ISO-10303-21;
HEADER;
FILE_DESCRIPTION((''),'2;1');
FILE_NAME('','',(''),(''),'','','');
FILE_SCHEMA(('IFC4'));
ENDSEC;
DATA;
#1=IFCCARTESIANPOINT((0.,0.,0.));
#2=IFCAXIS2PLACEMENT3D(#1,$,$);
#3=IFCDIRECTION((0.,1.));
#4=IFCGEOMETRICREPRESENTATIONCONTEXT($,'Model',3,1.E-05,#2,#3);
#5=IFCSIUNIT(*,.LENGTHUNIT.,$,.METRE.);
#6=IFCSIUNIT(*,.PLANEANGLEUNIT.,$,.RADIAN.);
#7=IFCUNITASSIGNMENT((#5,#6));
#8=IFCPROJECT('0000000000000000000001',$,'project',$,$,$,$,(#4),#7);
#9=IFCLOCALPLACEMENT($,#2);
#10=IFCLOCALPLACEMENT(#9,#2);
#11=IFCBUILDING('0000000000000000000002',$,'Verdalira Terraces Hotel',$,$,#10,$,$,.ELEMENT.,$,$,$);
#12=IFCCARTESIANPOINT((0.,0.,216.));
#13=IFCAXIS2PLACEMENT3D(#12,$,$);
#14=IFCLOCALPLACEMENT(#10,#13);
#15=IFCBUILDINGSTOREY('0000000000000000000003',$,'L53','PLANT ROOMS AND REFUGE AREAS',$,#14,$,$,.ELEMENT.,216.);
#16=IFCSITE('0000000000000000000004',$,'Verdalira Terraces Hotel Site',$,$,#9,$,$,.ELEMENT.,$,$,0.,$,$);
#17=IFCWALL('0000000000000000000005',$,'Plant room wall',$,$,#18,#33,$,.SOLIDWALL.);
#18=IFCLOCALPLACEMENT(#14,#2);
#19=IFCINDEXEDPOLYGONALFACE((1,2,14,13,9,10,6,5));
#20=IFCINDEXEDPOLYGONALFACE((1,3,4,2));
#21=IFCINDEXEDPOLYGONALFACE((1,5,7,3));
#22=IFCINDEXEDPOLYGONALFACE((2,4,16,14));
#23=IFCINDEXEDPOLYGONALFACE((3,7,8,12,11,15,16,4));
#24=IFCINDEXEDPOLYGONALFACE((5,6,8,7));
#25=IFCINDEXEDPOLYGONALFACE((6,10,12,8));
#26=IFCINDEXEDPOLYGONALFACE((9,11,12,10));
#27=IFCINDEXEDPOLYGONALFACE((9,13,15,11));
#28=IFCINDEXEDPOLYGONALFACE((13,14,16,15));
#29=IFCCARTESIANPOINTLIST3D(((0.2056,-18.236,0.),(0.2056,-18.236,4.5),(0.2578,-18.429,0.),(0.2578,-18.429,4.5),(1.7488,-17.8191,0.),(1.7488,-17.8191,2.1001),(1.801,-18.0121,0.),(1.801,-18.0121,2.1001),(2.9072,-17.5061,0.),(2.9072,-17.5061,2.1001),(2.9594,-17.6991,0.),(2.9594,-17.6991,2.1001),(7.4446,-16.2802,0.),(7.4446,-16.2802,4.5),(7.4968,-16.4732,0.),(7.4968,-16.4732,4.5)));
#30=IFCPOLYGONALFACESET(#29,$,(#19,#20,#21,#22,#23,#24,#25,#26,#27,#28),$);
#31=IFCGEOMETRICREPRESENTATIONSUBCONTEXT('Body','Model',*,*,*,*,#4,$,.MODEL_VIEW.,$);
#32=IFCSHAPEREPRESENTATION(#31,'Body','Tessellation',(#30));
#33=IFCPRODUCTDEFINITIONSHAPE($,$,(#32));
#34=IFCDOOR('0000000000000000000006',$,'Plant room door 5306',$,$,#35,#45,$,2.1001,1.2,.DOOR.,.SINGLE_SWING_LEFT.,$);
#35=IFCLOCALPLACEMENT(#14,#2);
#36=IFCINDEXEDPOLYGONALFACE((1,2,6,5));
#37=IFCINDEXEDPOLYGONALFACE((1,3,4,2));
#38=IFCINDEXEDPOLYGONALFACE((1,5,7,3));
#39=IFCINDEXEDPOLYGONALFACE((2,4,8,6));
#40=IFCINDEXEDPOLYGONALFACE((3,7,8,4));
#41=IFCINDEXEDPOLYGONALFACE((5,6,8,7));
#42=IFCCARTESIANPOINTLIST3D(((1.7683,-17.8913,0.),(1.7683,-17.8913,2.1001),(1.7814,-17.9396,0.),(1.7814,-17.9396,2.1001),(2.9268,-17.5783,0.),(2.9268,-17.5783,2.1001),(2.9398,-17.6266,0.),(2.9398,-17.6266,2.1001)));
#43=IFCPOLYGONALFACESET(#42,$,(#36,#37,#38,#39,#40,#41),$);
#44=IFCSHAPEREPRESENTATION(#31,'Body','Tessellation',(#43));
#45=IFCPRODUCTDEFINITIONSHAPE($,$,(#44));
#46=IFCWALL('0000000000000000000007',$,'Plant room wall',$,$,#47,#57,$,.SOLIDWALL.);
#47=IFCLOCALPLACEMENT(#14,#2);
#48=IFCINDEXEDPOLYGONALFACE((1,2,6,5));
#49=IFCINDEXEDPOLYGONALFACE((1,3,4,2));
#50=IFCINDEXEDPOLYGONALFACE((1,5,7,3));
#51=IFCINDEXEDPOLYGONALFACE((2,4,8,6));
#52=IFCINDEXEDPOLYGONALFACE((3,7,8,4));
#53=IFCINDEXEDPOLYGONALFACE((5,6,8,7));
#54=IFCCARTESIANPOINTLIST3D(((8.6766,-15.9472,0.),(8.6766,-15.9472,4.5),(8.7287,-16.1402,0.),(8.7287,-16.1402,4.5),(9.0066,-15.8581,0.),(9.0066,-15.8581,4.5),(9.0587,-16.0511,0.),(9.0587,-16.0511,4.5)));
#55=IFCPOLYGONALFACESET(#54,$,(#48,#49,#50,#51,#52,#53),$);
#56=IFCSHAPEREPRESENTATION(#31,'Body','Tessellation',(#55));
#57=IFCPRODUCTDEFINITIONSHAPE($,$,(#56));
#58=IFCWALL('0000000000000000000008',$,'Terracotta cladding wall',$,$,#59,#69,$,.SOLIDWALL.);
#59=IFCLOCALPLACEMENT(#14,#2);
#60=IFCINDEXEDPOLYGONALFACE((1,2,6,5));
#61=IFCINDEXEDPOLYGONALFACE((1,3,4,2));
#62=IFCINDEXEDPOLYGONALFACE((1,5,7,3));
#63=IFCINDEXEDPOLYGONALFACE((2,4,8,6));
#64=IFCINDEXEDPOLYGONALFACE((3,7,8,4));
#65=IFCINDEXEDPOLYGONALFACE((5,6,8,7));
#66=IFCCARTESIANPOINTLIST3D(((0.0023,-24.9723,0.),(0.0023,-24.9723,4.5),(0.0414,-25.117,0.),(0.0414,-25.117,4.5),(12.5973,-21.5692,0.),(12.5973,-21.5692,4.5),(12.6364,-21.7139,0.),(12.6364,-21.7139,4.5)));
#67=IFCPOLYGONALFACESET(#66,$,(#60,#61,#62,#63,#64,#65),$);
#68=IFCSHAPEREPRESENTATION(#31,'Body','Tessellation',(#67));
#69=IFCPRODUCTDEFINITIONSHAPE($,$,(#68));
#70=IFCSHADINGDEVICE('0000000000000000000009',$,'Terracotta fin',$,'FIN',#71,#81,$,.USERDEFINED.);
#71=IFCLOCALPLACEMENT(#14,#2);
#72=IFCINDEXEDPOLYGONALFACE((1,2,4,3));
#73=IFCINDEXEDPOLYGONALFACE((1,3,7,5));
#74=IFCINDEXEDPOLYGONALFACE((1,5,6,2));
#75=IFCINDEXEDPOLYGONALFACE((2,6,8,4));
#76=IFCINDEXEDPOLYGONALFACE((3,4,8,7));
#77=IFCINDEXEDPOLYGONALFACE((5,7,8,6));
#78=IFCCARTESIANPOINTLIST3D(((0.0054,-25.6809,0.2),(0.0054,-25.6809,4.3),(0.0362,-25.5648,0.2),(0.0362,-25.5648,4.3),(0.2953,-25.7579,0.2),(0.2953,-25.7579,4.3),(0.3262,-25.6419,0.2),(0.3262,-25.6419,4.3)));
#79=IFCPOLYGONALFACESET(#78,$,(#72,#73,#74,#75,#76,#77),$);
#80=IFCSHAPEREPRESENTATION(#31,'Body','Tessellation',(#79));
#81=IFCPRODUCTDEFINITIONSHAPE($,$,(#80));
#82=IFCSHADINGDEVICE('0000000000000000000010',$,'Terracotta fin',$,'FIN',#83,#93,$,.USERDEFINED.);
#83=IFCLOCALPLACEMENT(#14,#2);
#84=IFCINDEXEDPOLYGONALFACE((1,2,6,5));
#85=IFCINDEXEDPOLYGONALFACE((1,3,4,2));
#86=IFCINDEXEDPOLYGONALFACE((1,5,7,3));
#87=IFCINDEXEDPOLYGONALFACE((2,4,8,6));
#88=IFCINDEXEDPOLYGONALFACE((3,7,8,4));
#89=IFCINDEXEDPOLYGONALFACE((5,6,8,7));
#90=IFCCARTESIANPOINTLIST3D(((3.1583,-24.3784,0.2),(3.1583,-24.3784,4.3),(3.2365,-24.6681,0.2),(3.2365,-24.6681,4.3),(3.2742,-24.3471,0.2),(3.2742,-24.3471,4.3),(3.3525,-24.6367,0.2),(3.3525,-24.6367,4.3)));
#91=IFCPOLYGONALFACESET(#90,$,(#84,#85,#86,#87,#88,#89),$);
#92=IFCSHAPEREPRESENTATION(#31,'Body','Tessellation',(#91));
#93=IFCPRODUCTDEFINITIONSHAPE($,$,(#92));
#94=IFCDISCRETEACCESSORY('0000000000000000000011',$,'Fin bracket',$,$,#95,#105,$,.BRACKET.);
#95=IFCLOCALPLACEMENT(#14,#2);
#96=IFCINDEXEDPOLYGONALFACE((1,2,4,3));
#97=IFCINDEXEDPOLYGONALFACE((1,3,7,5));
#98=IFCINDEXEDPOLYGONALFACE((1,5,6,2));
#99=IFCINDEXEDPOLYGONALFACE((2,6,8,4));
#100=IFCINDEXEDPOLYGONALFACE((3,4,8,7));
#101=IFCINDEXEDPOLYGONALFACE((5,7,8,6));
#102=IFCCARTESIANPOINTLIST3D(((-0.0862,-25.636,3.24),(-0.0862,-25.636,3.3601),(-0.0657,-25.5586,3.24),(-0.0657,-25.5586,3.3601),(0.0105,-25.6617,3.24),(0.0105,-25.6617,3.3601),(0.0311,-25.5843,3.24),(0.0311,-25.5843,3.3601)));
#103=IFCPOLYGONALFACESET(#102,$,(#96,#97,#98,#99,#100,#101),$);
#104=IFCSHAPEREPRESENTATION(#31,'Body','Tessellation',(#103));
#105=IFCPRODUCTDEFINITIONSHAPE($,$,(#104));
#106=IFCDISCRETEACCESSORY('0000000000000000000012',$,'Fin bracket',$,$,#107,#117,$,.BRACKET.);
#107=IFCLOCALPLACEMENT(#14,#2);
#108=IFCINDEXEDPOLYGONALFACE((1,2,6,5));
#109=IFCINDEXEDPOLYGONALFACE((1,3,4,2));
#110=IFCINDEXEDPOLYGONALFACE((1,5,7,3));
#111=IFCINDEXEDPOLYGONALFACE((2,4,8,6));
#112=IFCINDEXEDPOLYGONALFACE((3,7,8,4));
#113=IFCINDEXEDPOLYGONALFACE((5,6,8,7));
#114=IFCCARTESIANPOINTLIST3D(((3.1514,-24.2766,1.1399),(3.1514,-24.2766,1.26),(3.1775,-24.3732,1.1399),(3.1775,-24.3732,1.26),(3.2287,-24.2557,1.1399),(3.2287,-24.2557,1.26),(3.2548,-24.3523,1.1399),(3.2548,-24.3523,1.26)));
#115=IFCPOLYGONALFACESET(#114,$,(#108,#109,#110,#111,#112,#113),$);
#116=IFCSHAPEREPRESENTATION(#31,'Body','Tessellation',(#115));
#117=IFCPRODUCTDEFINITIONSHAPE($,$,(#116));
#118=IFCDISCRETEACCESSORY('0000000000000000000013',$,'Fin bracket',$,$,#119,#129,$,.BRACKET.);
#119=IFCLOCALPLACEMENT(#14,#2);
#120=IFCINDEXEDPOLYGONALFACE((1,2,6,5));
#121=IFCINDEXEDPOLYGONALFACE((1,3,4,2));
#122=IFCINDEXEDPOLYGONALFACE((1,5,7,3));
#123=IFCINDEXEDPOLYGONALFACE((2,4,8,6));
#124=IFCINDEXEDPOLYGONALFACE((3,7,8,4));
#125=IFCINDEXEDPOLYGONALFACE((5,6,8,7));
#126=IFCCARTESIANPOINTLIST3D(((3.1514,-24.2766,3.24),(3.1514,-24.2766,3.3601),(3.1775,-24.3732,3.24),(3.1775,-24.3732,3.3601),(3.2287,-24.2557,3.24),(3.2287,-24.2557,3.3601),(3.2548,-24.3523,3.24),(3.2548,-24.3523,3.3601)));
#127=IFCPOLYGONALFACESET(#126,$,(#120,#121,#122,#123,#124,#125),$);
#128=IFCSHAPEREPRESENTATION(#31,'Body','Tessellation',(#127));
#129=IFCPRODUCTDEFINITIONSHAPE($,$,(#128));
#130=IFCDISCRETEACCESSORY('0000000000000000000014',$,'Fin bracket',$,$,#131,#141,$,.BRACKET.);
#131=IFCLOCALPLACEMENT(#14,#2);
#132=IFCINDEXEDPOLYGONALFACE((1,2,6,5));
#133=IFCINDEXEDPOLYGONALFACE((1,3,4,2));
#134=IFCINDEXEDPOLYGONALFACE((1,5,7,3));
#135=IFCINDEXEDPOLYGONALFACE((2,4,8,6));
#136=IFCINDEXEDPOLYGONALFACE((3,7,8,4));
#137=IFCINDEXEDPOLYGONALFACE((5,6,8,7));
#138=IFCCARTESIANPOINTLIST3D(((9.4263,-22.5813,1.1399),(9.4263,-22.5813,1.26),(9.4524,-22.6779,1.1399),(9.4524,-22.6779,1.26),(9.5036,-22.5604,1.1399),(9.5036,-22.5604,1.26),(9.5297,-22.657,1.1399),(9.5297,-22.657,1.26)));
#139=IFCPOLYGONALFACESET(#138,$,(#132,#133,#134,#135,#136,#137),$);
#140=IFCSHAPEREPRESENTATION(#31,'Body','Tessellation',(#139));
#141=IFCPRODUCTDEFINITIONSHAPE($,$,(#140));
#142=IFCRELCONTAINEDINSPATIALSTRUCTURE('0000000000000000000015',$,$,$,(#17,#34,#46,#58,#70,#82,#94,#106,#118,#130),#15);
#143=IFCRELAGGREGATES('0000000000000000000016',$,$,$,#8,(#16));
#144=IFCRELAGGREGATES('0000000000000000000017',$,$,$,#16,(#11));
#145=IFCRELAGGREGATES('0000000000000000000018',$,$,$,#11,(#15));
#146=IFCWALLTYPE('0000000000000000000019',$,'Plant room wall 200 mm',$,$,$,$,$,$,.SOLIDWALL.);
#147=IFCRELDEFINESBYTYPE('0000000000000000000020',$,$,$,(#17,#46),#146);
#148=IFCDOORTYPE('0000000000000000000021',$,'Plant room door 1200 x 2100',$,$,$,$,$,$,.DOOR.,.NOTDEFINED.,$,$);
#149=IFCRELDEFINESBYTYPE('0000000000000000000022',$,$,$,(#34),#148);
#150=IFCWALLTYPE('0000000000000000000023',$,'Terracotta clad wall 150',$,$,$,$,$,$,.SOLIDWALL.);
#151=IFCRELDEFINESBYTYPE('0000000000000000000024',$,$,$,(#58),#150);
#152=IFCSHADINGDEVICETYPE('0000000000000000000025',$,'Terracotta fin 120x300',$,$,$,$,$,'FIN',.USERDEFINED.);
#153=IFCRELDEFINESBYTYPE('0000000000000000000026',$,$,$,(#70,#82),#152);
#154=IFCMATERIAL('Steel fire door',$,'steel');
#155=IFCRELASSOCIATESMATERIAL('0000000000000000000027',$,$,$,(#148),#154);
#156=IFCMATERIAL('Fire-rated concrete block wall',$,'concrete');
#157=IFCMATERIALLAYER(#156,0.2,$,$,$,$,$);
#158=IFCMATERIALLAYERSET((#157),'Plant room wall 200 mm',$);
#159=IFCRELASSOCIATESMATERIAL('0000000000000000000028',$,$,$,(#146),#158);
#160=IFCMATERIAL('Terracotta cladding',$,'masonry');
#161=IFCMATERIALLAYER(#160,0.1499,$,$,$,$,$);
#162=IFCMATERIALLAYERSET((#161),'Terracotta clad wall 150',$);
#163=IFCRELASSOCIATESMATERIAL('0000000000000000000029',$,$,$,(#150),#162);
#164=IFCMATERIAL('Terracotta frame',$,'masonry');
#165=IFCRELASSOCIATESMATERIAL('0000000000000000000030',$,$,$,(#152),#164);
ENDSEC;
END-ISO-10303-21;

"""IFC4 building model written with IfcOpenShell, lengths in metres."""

from ifc_helpers import new_model, si_unit, direction, frame, frame_2d, origin, origin_2d, place, context, subcontext, project, spatial, rectangle, extrude, material, layer, layer_set, material_profile, profile_set, type_object, element, fill, save


model = new_model("IFC4")

# Units and contexts
model_context = context("Model", 3, precision=1e-05, world=origin(), true_north=direction((0.0, 1.0)))
body_context = subcontext(model_context, "Body", "Model", "MODEL_VIEW")
ifc_project = project(units=[si_unit("LENGTHUNIT", "METRE"), si_unit("PLANEANGLEUNIT", "RADIAN")], contexts=[model_context])

# Site, building, storey
site_placement = place(None, origin())
site = spatial("IfcSite", under=ifc_project, at=site_placement, Name="Verdalira Terraces Hotel Site", CompositionType="ELEMENT", RefElevation=0.0)
building_placement = place(site_placement, origin())
building = spatial("IfcBuilding", under=site, at=building_placement, Name="Verdalira Terraces Hotel", CompositionType="ELEMENT")
storey_placement = place(building_placement, frame((0.0, 0.0, 216.0)))
storey = spatial("IfcBuildingStorey", under=building, at=storey_placement, Name="L53", Description="PLANT ROOMS AND REFUGE AREAS", CompositionType="ELEMENT", Elevation=216.0)

# Shared definitions
ifc_material_1 = material(Name="Steel fire door", Category="steel")
door_type_1 = type_object("IfcDoorType", Name="Plant room door 1200 x 2100", OperationType="NOTDEFINED", PredefinedType="DOOR", material=ifc_material_1)
ifc_material_2 = material(Name="Fire-rated concrete block wall", Category="concrete")
ifc_layer_1 = layer(ifc_material_2, 0.2)
ifc_layer_set_1 = layer_set([ifc_layer_1], Name="Plant room wall 200 mm")
wall_type_1 = type_object("IfcWallType", Name="Plant room wall 200 mm", PredefinedType="SOLIDWALL", material=ifc_layer_set_1)

# Wall, opening, door
wall_1_placement = place(storey_placement, frame((7.4707, -16.3767, 0.0), z_axis=(0.0, 0.0, 1.0), x_axis=(-0.965386, -0.260825, 0.0)))
wall_1 = element("IfcWall", 1, at=wall_1_placement, inside=storey, type_object=wall_type_1, Name="Plant room wall", PredefinedType="SOLIDWALL", context=body_context, shape_type="SweptSolid", body=[
    extrude(rectangle(XDim=7.4985, YDim=0.2, at=frame_2d((3.7493, 0.0))), origin(), (0.0, 0.0, 1.0), 4.5),
])
opening_1_placement = place(wall_1_placement, frame((4.7, 0.0, 0.0)))
opening_1 = element("IfcOpeningElement", 2, at=opening_1_placement, cuts=wall_1, PredefinedType="OPENING", context=body_context, shape_type="SweptSolid", body=[
    extrude(rectangle(XDim=1.2, YDim=2.1001, at=frame_2d((0.6001, 1.05))), frame((0.0, 0.1099, 0.0), z_axis=(0.0, -1.0, 0.0), x_axis=(1.0, 0.0, 0.0)), (0.0, 0.0, 1.0), 0.22),
])
door_1_placement = place(opening_1_placement, origin())
door_1 = element("IfcDoor", 3, at=door_1_placement, inside=storey, type_object=door_type_1, Name="Plant room door 5306", OperationType="SINGLE_SWING_LEFT", OverallHeight=2.1001, OverallWidth=1.2, PredefinedType="DOOR", context=body_context, shape_type="SweptSolid", body=[
    extrude(rectangle(XDim=1.2, YDim=2.1001, at=frame_2d((0.6001, 1.05))), frame((0.0, 0.0249, 0.0), z_axis=(0.0, -1.0, 0.0), x_axis=(1.0, 0.0, 0.0)), (0.0, 0.0, 1.0), 0.05),
])
fill(opening_1, door_1)

# Walls
wall_2_placement = place(storey_placement, frame((8.7026, -16.0437, 0.0), z_axis=(0.0, 0.0, 1.0), x_axis=(0.965436, 0.260639, 0.0)))
element("IfcWall", 4, at=wall_2_placement, inside=storey, type_object=wall_type_1, Name="Plant room wall", PredefinedType="SOLIDWALL", context=body_context, shape_type="SweptSolid", body=[
    extrude(rectangle(XDim=0.3418, YDim=0.2, at=frame_2d((0.1709, 0.0))), origin(), (0.0, 0.0, 1.0), 4.5),
])
ifc_material_3 = material(Name="Terracotta cladding", Category="masonry")
ifc_layer_2 = layer(ifc_material_3, 0.1499)
ifc_layer_set_2 = layer_set([ifc_layer_2], Name="Terracotta clad wall 150")
wall_type_2 = type_object("IfcWallType", Name="Terracotta clad wall 150", PredefinedType="SOLIDWALL", material=ifc_layer_set_2)
wall_3_placement = place(storey_placement, frame((0.0217, -25.0447, 0.0), z_axis=(0.0, 0.0, 1.0), x_axis=(0.965382, 0.26084, 0.0)))
element("IfcWall", 5, at=wall_3_placement, inside=storey, type_object=wall_type_2, Name="Terracotta cladding wall", PredefinedType="SOLIDWALL", context=body_context, shape_type="SweptSolid", body=[
    extrude(rectangle(XDim=13.0466, YDim=0.1499, at=frame_2d((6.5234, 0.0))), origin(), (0.0, 0.0, 1.0), 4.5),
])

# Shading devices
ifc_material_4 = material(Name="Terracotta frame", Category="masonry")
ifc_material_profile_1 = material_profile(ifc_material_4, rectangle(XDim=0.1201, YDim=0.3, at=origin_2d()), Name="FIN 120x300")
ifc_profile_set_1 = profile_set([ifc_material_profile_1], Name="Terracotta frame")
shading_device_type = type_object("IfcShadingDeviceType", Name="Terracotta fin 120x300", ElementType="FIN", PredefinedType="USERDEFINED", material=ifc_profile_set_1)
for number, where, z_axis, x_axis, name in (
    (6, (0.1658, -25.6614, 0.2), (0.0, 0.0, 1.0), (0.256795, 0.966466, 0.0), "Terracotta fin"),
    (7, (3.2554, -24.5076, 0.2), (0.0, 0.0, 1.0), (0.965382, 0.260842, 0.0), "Terracotta fin"),
):
    element("IfcShadingDevice", number, at=place(storey_placement, frame(where, z_axis=z_axis, x_axis=x_axis)), inside=storey, type_object=shading_device_type, Name=name, ObjectType="FIN", PredefinedType="USERDEFINED", context=body_context, shape_type="SweptSolid", body=[
        extrude(rectangle(XDim=0.1201, YDim=0.3, at=origin_2d()), origin(), (0.0, 0.0, 1.0), 4.1001),
    ])

# Discrete accessories
for number, where, z_axis, x_axis, name in (
    (8, (-0.0276, -25.6101, 3.24), (0.0, 0.0, 1.0), (0.256795, 0.966466, 0.0), "Fin bracket"),
    (9, (3.2031, -24.3145, 1.1399), (0.0, 0.0, 1.0), (0.965382, 0.260842, 0.0), "Fin bracket"),
    (10, (3.2031, -24.3145, 3.24), (0.0, 0.0, 1.0), (0.965382, 0.260842, 0.0), "Fin bracket"),
    (11, (9.478, -22.6191, 1.1399), (0.0, 0.0, 1.0), (0.965382, 0.260842, 0.0), "Fin bracket"),
):
    element("IfcDiscreteAccessory", number, at=place(storey_placement, frame(where, z_axis=z_axis, x_axis=x_axis)), inside=storey, Name=name, PredefinedType="BRACKET", context=body_context, shape_type="SweptSolid", body=[
        extrude(rectangle(XDim=0.0801, YDim=0.1001, at=origin_2d()), origin(), (0.0, 0.0, 1.0), 0.1201),
    ])

save(model, "model.ifc")
